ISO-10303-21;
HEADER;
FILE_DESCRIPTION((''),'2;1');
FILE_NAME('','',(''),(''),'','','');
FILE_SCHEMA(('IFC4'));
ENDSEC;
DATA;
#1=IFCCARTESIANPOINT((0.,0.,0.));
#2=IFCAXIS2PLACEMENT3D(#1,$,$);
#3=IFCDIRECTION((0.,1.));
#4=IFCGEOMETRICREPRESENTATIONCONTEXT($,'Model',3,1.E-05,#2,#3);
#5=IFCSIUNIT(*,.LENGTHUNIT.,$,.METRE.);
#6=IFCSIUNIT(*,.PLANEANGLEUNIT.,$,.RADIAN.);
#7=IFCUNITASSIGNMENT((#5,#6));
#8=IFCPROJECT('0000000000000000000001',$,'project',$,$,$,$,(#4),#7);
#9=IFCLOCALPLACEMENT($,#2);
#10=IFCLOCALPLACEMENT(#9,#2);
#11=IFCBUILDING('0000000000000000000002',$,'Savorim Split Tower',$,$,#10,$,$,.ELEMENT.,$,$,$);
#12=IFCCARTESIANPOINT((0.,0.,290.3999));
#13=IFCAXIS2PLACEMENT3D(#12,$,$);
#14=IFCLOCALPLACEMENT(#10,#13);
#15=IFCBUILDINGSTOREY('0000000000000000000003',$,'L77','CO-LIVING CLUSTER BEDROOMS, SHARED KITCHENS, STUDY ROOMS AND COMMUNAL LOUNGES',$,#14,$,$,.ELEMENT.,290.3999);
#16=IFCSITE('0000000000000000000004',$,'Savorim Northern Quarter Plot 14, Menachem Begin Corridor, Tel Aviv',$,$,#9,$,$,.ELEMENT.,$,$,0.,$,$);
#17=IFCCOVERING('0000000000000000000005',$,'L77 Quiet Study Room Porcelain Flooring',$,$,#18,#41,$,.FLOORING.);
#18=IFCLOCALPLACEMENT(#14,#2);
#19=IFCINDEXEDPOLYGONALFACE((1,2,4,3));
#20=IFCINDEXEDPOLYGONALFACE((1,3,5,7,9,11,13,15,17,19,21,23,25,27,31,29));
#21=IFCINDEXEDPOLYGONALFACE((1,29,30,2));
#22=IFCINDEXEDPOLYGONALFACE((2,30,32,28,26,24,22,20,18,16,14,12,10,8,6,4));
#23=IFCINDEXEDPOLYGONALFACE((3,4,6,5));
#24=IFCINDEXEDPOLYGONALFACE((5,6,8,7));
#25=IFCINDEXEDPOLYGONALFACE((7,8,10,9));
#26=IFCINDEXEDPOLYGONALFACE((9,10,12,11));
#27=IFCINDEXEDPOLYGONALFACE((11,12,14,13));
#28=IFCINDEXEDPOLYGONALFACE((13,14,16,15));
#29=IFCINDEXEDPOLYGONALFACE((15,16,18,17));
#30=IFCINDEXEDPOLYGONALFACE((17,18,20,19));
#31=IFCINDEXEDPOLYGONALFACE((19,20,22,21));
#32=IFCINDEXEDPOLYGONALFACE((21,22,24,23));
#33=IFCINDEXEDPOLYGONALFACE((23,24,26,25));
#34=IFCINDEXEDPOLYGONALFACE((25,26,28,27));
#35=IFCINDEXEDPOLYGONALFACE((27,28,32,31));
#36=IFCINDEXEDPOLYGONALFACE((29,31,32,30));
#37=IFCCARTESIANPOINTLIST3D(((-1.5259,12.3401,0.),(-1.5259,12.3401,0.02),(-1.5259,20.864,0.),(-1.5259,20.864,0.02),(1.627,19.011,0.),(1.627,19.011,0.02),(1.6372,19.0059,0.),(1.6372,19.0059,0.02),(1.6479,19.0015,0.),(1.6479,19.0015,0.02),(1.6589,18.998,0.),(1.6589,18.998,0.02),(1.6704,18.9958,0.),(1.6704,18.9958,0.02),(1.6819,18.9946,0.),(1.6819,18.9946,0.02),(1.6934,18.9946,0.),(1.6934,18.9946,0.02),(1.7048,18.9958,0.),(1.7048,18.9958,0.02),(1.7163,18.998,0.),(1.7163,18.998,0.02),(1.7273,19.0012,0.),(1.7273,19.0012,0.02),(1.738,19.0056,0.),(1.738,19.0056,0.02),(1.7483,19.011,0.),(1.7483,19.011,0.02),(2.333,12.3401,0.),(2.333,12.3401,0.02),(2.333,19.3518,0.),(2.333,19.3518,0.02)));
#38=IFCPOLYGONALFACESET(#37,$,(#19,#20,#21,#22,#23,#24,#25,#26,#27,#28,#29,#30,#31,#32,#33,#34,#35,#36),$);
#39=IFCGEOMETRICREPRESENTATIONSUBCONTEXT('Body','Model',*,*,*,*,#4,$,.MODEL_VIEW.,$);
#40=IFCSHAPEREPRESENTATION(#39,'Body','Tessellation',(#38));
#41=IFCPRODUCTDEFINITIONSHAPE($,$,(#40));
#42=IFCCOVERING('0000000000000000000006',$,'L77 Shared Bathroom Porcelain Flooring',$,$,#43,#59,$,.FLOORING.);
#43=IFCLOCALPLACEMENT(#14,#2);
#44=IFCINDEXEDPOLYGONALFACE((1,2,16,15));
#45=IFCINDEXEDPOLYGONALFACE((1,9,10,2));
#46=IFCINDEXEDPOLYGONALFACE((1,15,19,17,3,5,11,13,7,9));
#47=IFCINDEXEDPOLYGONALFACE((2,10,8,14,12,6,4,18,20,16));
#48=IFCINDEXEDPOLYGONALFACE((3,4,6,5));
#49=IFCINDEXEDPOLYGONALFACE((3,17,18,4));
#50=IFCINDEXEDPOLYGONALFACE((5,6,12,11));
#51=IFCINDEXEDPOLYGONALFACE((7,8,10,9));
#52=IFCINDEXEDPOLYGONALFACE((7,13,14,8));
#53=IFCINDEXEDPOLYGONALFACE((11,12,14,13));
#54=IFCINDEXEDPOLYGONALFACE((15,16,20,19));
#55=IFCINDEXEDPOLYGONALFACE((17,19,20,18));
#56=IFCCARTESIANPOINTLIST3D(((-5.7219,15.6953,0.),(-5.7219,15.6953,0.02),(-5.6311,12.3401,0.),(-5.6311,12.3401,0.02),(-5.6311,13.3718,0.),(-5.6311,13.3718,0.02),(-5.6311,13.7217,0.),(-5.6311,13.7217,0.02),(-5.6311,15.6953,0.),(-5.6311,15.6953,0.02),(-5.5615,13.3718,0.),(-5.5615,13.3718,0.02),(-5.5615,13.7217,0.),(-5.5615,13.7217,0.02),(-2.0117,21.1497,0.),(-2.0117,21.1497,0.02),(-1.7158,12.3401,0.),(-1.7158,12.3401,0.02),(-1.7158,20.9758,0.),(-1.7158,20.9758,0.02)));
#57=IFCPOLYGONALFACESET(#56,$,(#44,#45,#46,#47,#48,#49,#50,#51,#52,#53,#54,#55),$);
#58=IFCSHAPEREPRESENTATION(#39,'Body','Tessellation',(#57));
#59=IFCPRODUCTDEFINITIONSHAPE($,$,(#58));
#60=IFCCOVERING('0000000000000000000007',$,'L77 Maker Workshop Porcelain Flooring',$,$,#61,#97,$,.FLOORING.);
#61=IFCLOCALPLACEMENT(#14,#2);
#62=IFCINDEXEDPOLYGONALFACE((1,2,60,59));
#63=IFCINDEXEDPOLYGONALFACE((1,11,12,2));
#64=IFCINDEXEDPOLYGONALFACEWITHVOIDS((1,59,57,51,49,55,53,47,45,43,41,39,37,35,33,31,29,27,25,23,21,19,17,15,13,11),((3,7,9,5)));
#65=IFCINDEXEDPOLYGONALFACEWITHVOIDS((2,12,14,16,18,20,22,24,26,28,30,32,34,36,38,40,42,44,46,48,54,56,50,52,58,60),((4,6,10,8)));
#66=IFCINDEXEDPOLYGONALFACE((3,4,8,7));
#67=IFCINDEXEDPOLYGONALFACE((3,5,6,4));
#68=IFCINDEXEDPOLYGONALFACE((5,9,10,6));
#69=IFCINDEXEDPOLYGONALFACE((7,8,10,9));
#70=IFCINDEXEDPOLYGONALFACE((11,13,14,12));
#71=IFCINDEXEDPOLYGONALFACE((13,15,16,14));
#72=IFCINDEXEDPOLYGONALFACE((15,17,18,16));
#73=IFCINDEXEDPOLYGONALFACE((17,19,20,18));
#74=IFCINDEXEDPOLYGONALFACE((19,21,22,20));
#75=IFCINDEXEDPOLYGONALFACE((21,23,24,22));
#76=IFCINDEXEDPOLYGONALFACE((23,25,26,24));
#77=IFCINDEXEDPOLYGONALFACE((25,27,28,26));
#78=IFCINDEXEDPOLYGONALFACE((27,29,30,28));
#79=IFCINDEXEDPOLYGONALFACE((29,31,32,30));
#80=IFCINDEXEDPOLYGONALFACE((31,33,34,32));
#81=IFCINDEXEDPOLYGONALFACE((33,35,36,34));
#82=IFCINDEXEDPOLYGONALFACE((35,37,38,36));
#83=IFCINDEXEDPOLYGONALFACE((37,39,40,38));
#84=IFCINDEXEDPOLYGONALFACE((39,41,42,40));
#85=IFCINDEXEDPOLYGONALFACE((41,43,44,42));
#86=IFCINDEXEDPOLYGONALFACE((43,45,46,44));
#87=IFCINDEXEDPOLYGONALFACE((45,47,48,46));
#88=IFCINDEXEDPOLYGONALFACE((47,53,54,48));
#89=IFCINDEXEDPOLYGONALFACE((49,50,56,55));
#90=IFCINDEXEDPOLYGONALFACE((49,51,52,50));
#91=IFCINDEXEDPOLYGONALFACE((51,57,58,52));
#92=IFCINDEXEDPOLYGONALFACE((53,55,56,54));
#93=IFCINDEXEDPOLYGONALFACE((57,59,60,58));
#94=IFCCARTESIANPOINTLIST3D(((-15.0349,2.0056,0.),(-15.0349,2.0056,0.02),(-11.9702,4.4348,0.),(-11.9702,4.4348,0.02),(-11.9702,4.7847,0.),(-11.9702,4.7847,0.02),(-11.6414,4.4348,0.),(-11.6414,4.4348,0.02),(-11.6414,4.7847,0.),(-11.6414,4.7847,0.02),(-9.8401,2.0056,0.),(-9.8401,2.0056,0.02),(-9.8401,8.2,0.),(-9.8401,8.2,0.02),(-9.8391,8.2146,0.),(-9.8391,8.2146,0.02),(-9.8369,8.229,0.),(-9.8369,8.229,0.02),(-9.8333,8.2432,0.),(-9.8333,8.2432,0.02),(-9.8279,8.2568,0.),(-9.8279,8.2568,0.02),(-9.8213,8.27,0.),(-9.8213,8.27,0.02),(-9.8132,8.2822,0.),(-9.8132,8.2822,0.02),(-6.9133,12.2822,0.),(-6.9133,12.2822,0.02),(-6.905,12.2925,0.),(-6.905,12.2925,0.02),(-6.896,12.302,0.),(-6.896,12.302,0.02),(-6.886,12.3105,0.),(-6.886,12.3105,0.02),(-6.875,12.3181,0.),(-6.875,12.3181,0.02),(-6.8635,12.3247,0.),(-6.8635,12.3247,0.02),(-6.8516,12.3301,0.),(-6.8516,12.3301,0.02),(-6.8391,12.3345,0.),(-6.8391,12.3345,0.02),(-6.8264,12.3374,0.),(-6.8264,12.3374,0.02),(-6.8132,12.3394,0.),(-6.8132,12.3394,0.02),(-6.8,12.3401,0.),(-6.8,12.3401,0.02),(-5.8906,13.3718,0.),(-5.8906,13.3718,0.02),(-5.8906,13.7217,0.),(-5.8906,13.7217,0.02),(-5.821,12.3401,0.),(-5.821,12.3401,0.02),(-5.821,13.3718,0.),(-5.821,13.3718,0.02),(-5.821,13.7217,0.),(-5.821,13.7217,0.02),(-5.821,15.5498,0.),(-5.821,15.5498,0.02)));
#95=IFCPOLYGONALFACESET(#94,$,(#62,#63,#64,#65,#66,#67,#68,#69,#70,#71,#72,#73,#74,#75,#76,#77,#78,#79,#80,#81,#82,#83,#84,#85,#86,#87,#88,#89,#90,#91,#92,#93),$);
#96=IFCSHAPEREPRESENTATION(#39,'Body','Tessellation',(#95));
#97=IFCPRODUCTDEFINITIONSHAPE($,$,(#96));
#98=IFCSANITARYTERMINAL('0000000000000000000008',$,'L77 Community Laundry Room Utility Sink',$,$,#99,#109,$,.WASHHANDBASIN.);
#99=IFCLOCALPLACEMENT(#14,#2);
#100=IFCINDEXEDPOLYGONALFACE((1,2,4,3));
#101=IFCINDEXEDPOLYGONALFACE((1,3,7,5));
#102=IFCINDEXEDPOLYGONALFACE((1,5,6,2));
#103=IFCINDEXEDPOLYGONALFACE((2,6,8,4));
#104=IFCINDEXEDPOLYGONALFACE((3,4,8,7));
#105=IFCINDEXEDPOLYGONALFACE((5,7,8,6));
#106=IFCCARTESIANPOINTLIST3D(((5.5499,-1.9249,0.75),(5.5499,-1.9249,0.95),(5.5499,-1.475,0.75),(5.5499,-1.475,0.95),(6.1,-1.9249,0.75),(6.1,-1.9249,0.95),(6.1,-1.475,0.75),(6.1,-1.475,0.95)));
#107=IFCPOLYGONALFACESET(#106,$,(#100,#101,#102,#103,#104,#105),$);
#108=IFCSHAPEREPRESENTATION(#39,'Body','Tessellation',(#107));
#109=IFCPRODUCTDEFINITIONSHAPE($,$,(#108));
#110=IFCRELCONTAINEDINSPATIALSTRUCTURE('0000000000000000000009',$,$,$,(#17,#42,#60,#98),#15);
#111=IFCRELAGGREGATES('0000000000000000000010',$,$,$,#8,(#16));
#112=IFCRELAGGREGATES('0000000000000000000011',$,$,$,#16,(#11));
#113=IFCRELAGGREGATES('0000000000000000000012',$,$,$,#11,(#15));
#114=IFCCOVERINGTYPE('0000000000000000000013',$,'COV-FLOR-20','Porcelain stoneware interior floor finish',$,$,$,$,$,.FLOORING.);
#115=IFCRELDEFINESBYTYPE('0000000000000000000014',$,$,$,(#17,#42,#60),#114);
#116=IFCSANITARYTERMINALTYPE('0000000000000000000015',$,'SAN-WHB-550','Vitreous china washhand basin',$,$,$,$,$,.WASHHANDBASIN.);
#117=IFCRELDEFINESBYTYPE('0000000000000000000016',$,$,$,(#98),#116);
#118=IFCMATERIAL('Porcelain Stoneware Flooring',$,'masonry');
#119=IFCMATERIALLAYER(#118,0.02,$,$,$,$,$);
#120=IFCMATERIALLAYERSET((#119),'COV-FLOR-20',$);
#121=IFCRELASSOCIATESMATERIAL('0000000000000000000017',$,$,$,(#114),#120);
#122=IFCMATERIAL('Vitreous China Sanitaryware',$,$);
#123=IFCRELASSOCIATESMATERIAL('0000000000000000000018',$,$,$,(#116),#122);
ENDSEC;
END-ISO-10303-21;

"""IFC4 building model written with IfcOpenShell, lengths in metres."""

from ifc_helpers import new_model, si_unit, direction, frame, origin, origin_2d, place, context, subcontext, project, spatial, polyline, rectangle, outline, extrude, material, layer, layer_set, type_object, element, save


model = new_model("IFC4")

# Units and contexts
model_context = context("Model", 3, precision=1e-05, world=origin(), true_north=direction((0.0, 1.0)))
body_context = subcontext(model_context, "Body", "Model", "MODEL_VIEW")
ifc_project = project(units=[si_unit("LENGTHUNIT", "METRE"), si_unit("PLANEANGLEUNIT", "RADIAN")], contexts=[model_context])

# Site, building, storey
site_placement = place(None, origin())
site = spatial("IfcSite", under=ifc_project, at=site_placement, Name="Savorim Northern Quarter Plot 14, Menachem Begin Corridor, Tel Aviv", CompositionType="ELEMENT", RefElevation=0.0)
building_placement = place(site_placement, origin())
building = spatial("IfcBuilding", under=site, at=building_placement, Name="Savorim Split Tower", CompositionType="ELEMENT")
storey_placement = place(building_placement, frame((0.0, 0.0, 290.3999)))
storey = spatial("IfcBuildingStorey", under=building, at=storey_placement, Name="L77", Description="CO-LIVING CLUSTER BEDROOMS, SHARED KITCHENS, STUDY ROOMS AND COMMUNAL LOUNGES", CompositionType="ELEMENT", Elevation=290.3999)

# Coverings
ifc_material_1 = material(Name="Porcelain Stoneware Flooring", Category="masonry")
ifc_layer_1 = layer(ifc_material_1, 0.02)
ifc_layer_set_1 = layer_set([ifc_layer_1], Name="COV-FLOR-20")
covering_type_1 = type_object("IfcCoveringType", Name="COV-FLOR-20", Description="Porcelain stoneware interior floor finish", PredefinedType="FLOORING", material=ifc_layer_set_1)
covering_1_placement = place(storey_placement, origin())
element("IfcCovering", 1, at=covering_1_placement, inside=storey, type_object=covering_type_1, Name="L77 Quiet Study Room Porcelain Flooring", PredefinedType="FLOORING", context=body_context, shape_type="SweptSolid", body=[
    extrude(outline(polyline([(1.6479, 19.0015), (1.6372, 19.0059), (1.627, 19.011), (-1.5259, 20.864), (-1.5259, 12.3401), (2.333, 12.3401), (2.333, 19.3518), (1.7483, 19.011), (1.738, 19.0056), (1.7273, 19.0012), (1.7163, 18.998), (1.7048, 18.9958), (1.6934, 18.9946), (1.6819, 18.9946), (1.6704, 18.9958), (1.6589, 18.998), (1.6479, 19.0015)])), origin(), (0.0, 0.0, 1.0), 0.02),
])
covering_2_placement = place(storey_placement, origin())
element("IfcCovering", 2, at=covering_2_placement, inside=storey, type_object=covering_type_1, Name="L77 Shared Bathroom Porcelain Flooring", PredefinedType="FLOORING", context=body_context, shape_type="SweptSolid", body=[
    extrude(outline(polyline([(-5.6311, 12.3401), (-1.7158, 12.3401), (-1.7158, 20.9758), (-2.0117, 21.1497), (-5.7219, 15.6953), (-5.6311, 15.6953), (-5.6311, 13.7217), (-5.5615, 13.7217), (-5.5615, 13.3718), (-5.6311, 13.3718), (-5.6311, 12.3401)])), origin(), (0.0, 0.0, 1.0), 0.02),
])
covering_3_placement = place(storey_placement, origin())
element("IfcCovering", 3, at=covering_3_placement, inside=storey, type_object=covering_type_1, Name="L77 Maker Workshop Porcelain Flooring", PredefinedType="FLOORING", context=body_context, shape_type="SweptSolid", body=[
    extrude(outline(polyline([(-6.8132, 12.3394), (-6.8, 12.3401), (-5.821, 12.3401), (-5.821, 13.3718), (-5.8906, 13.3718), (-5.8906, 13.7217), (-5.821, 13.7217), (-5.821, 15.5498), (-15.0349, 2.0056), (-9.8401, 2.0056), (-9.8401, 8.2), (-9.8391, 8.2146), (-9.8369, 8.229), (-9.8333, 8.2432), (-9.8279, 8.2568), (-9.8213, 8.27), (-9.8132, 8.2822), (-6.9133, 12.2822), (-6.905, 12.2925), (-6.896, 12.302), (-6.886, 12.3105), (-6.875, 12.3181), (-6.8635, 12.3247), (-6.8516, 12.3301), (-6.8391, 12.3345), (-6.8264, 12.3374), (-6.8132, 12.3394)]), holes=[polyline([(-11.9702, 4.7847), (-11.9702, 4.4348), (-11.6414, 4.4348), (-11.6414, 4.7847), (-11.9702, 4.7847)])]), origin(), (0.0, 0.0, 1.0), 0.02),
])

# Sanitary terminal
ifc_material_2 = material(Name="Vitreous China Sanitaryware")
sanitary_terminal_type = type_object("IfcSanitaryTerminalType", Name="SAN-WHB-550", Description="Vitreous china washhand basin", PredefinedType="WASHHANDBASIN", material=ifc_material_2)
sanitary_terminal_placement = place(storey_placement, frame((5.825, -1.7, 0.75), z_axis=(0.0, 0.0, 1.0), x_axis=(1.0, 0.0, 0.0)))
element("IfcSanitaryTerminal", 4, at=sanitary_terminal_placement, inside=storey, type_object=sanitary_terminal_type, Name="L77 Community Laundry Room Utility Sink", PredefinedType="WASHHANDBASIN", context=body_context, shape_type="SweptSolid", body=[
    extrude(rectangle(XDim=0.55, YDim=0.45, at=origin_2d()), origin(), (0.0, 0.0, 1.0), 0.2),
])

save(model, "model.ifc")
